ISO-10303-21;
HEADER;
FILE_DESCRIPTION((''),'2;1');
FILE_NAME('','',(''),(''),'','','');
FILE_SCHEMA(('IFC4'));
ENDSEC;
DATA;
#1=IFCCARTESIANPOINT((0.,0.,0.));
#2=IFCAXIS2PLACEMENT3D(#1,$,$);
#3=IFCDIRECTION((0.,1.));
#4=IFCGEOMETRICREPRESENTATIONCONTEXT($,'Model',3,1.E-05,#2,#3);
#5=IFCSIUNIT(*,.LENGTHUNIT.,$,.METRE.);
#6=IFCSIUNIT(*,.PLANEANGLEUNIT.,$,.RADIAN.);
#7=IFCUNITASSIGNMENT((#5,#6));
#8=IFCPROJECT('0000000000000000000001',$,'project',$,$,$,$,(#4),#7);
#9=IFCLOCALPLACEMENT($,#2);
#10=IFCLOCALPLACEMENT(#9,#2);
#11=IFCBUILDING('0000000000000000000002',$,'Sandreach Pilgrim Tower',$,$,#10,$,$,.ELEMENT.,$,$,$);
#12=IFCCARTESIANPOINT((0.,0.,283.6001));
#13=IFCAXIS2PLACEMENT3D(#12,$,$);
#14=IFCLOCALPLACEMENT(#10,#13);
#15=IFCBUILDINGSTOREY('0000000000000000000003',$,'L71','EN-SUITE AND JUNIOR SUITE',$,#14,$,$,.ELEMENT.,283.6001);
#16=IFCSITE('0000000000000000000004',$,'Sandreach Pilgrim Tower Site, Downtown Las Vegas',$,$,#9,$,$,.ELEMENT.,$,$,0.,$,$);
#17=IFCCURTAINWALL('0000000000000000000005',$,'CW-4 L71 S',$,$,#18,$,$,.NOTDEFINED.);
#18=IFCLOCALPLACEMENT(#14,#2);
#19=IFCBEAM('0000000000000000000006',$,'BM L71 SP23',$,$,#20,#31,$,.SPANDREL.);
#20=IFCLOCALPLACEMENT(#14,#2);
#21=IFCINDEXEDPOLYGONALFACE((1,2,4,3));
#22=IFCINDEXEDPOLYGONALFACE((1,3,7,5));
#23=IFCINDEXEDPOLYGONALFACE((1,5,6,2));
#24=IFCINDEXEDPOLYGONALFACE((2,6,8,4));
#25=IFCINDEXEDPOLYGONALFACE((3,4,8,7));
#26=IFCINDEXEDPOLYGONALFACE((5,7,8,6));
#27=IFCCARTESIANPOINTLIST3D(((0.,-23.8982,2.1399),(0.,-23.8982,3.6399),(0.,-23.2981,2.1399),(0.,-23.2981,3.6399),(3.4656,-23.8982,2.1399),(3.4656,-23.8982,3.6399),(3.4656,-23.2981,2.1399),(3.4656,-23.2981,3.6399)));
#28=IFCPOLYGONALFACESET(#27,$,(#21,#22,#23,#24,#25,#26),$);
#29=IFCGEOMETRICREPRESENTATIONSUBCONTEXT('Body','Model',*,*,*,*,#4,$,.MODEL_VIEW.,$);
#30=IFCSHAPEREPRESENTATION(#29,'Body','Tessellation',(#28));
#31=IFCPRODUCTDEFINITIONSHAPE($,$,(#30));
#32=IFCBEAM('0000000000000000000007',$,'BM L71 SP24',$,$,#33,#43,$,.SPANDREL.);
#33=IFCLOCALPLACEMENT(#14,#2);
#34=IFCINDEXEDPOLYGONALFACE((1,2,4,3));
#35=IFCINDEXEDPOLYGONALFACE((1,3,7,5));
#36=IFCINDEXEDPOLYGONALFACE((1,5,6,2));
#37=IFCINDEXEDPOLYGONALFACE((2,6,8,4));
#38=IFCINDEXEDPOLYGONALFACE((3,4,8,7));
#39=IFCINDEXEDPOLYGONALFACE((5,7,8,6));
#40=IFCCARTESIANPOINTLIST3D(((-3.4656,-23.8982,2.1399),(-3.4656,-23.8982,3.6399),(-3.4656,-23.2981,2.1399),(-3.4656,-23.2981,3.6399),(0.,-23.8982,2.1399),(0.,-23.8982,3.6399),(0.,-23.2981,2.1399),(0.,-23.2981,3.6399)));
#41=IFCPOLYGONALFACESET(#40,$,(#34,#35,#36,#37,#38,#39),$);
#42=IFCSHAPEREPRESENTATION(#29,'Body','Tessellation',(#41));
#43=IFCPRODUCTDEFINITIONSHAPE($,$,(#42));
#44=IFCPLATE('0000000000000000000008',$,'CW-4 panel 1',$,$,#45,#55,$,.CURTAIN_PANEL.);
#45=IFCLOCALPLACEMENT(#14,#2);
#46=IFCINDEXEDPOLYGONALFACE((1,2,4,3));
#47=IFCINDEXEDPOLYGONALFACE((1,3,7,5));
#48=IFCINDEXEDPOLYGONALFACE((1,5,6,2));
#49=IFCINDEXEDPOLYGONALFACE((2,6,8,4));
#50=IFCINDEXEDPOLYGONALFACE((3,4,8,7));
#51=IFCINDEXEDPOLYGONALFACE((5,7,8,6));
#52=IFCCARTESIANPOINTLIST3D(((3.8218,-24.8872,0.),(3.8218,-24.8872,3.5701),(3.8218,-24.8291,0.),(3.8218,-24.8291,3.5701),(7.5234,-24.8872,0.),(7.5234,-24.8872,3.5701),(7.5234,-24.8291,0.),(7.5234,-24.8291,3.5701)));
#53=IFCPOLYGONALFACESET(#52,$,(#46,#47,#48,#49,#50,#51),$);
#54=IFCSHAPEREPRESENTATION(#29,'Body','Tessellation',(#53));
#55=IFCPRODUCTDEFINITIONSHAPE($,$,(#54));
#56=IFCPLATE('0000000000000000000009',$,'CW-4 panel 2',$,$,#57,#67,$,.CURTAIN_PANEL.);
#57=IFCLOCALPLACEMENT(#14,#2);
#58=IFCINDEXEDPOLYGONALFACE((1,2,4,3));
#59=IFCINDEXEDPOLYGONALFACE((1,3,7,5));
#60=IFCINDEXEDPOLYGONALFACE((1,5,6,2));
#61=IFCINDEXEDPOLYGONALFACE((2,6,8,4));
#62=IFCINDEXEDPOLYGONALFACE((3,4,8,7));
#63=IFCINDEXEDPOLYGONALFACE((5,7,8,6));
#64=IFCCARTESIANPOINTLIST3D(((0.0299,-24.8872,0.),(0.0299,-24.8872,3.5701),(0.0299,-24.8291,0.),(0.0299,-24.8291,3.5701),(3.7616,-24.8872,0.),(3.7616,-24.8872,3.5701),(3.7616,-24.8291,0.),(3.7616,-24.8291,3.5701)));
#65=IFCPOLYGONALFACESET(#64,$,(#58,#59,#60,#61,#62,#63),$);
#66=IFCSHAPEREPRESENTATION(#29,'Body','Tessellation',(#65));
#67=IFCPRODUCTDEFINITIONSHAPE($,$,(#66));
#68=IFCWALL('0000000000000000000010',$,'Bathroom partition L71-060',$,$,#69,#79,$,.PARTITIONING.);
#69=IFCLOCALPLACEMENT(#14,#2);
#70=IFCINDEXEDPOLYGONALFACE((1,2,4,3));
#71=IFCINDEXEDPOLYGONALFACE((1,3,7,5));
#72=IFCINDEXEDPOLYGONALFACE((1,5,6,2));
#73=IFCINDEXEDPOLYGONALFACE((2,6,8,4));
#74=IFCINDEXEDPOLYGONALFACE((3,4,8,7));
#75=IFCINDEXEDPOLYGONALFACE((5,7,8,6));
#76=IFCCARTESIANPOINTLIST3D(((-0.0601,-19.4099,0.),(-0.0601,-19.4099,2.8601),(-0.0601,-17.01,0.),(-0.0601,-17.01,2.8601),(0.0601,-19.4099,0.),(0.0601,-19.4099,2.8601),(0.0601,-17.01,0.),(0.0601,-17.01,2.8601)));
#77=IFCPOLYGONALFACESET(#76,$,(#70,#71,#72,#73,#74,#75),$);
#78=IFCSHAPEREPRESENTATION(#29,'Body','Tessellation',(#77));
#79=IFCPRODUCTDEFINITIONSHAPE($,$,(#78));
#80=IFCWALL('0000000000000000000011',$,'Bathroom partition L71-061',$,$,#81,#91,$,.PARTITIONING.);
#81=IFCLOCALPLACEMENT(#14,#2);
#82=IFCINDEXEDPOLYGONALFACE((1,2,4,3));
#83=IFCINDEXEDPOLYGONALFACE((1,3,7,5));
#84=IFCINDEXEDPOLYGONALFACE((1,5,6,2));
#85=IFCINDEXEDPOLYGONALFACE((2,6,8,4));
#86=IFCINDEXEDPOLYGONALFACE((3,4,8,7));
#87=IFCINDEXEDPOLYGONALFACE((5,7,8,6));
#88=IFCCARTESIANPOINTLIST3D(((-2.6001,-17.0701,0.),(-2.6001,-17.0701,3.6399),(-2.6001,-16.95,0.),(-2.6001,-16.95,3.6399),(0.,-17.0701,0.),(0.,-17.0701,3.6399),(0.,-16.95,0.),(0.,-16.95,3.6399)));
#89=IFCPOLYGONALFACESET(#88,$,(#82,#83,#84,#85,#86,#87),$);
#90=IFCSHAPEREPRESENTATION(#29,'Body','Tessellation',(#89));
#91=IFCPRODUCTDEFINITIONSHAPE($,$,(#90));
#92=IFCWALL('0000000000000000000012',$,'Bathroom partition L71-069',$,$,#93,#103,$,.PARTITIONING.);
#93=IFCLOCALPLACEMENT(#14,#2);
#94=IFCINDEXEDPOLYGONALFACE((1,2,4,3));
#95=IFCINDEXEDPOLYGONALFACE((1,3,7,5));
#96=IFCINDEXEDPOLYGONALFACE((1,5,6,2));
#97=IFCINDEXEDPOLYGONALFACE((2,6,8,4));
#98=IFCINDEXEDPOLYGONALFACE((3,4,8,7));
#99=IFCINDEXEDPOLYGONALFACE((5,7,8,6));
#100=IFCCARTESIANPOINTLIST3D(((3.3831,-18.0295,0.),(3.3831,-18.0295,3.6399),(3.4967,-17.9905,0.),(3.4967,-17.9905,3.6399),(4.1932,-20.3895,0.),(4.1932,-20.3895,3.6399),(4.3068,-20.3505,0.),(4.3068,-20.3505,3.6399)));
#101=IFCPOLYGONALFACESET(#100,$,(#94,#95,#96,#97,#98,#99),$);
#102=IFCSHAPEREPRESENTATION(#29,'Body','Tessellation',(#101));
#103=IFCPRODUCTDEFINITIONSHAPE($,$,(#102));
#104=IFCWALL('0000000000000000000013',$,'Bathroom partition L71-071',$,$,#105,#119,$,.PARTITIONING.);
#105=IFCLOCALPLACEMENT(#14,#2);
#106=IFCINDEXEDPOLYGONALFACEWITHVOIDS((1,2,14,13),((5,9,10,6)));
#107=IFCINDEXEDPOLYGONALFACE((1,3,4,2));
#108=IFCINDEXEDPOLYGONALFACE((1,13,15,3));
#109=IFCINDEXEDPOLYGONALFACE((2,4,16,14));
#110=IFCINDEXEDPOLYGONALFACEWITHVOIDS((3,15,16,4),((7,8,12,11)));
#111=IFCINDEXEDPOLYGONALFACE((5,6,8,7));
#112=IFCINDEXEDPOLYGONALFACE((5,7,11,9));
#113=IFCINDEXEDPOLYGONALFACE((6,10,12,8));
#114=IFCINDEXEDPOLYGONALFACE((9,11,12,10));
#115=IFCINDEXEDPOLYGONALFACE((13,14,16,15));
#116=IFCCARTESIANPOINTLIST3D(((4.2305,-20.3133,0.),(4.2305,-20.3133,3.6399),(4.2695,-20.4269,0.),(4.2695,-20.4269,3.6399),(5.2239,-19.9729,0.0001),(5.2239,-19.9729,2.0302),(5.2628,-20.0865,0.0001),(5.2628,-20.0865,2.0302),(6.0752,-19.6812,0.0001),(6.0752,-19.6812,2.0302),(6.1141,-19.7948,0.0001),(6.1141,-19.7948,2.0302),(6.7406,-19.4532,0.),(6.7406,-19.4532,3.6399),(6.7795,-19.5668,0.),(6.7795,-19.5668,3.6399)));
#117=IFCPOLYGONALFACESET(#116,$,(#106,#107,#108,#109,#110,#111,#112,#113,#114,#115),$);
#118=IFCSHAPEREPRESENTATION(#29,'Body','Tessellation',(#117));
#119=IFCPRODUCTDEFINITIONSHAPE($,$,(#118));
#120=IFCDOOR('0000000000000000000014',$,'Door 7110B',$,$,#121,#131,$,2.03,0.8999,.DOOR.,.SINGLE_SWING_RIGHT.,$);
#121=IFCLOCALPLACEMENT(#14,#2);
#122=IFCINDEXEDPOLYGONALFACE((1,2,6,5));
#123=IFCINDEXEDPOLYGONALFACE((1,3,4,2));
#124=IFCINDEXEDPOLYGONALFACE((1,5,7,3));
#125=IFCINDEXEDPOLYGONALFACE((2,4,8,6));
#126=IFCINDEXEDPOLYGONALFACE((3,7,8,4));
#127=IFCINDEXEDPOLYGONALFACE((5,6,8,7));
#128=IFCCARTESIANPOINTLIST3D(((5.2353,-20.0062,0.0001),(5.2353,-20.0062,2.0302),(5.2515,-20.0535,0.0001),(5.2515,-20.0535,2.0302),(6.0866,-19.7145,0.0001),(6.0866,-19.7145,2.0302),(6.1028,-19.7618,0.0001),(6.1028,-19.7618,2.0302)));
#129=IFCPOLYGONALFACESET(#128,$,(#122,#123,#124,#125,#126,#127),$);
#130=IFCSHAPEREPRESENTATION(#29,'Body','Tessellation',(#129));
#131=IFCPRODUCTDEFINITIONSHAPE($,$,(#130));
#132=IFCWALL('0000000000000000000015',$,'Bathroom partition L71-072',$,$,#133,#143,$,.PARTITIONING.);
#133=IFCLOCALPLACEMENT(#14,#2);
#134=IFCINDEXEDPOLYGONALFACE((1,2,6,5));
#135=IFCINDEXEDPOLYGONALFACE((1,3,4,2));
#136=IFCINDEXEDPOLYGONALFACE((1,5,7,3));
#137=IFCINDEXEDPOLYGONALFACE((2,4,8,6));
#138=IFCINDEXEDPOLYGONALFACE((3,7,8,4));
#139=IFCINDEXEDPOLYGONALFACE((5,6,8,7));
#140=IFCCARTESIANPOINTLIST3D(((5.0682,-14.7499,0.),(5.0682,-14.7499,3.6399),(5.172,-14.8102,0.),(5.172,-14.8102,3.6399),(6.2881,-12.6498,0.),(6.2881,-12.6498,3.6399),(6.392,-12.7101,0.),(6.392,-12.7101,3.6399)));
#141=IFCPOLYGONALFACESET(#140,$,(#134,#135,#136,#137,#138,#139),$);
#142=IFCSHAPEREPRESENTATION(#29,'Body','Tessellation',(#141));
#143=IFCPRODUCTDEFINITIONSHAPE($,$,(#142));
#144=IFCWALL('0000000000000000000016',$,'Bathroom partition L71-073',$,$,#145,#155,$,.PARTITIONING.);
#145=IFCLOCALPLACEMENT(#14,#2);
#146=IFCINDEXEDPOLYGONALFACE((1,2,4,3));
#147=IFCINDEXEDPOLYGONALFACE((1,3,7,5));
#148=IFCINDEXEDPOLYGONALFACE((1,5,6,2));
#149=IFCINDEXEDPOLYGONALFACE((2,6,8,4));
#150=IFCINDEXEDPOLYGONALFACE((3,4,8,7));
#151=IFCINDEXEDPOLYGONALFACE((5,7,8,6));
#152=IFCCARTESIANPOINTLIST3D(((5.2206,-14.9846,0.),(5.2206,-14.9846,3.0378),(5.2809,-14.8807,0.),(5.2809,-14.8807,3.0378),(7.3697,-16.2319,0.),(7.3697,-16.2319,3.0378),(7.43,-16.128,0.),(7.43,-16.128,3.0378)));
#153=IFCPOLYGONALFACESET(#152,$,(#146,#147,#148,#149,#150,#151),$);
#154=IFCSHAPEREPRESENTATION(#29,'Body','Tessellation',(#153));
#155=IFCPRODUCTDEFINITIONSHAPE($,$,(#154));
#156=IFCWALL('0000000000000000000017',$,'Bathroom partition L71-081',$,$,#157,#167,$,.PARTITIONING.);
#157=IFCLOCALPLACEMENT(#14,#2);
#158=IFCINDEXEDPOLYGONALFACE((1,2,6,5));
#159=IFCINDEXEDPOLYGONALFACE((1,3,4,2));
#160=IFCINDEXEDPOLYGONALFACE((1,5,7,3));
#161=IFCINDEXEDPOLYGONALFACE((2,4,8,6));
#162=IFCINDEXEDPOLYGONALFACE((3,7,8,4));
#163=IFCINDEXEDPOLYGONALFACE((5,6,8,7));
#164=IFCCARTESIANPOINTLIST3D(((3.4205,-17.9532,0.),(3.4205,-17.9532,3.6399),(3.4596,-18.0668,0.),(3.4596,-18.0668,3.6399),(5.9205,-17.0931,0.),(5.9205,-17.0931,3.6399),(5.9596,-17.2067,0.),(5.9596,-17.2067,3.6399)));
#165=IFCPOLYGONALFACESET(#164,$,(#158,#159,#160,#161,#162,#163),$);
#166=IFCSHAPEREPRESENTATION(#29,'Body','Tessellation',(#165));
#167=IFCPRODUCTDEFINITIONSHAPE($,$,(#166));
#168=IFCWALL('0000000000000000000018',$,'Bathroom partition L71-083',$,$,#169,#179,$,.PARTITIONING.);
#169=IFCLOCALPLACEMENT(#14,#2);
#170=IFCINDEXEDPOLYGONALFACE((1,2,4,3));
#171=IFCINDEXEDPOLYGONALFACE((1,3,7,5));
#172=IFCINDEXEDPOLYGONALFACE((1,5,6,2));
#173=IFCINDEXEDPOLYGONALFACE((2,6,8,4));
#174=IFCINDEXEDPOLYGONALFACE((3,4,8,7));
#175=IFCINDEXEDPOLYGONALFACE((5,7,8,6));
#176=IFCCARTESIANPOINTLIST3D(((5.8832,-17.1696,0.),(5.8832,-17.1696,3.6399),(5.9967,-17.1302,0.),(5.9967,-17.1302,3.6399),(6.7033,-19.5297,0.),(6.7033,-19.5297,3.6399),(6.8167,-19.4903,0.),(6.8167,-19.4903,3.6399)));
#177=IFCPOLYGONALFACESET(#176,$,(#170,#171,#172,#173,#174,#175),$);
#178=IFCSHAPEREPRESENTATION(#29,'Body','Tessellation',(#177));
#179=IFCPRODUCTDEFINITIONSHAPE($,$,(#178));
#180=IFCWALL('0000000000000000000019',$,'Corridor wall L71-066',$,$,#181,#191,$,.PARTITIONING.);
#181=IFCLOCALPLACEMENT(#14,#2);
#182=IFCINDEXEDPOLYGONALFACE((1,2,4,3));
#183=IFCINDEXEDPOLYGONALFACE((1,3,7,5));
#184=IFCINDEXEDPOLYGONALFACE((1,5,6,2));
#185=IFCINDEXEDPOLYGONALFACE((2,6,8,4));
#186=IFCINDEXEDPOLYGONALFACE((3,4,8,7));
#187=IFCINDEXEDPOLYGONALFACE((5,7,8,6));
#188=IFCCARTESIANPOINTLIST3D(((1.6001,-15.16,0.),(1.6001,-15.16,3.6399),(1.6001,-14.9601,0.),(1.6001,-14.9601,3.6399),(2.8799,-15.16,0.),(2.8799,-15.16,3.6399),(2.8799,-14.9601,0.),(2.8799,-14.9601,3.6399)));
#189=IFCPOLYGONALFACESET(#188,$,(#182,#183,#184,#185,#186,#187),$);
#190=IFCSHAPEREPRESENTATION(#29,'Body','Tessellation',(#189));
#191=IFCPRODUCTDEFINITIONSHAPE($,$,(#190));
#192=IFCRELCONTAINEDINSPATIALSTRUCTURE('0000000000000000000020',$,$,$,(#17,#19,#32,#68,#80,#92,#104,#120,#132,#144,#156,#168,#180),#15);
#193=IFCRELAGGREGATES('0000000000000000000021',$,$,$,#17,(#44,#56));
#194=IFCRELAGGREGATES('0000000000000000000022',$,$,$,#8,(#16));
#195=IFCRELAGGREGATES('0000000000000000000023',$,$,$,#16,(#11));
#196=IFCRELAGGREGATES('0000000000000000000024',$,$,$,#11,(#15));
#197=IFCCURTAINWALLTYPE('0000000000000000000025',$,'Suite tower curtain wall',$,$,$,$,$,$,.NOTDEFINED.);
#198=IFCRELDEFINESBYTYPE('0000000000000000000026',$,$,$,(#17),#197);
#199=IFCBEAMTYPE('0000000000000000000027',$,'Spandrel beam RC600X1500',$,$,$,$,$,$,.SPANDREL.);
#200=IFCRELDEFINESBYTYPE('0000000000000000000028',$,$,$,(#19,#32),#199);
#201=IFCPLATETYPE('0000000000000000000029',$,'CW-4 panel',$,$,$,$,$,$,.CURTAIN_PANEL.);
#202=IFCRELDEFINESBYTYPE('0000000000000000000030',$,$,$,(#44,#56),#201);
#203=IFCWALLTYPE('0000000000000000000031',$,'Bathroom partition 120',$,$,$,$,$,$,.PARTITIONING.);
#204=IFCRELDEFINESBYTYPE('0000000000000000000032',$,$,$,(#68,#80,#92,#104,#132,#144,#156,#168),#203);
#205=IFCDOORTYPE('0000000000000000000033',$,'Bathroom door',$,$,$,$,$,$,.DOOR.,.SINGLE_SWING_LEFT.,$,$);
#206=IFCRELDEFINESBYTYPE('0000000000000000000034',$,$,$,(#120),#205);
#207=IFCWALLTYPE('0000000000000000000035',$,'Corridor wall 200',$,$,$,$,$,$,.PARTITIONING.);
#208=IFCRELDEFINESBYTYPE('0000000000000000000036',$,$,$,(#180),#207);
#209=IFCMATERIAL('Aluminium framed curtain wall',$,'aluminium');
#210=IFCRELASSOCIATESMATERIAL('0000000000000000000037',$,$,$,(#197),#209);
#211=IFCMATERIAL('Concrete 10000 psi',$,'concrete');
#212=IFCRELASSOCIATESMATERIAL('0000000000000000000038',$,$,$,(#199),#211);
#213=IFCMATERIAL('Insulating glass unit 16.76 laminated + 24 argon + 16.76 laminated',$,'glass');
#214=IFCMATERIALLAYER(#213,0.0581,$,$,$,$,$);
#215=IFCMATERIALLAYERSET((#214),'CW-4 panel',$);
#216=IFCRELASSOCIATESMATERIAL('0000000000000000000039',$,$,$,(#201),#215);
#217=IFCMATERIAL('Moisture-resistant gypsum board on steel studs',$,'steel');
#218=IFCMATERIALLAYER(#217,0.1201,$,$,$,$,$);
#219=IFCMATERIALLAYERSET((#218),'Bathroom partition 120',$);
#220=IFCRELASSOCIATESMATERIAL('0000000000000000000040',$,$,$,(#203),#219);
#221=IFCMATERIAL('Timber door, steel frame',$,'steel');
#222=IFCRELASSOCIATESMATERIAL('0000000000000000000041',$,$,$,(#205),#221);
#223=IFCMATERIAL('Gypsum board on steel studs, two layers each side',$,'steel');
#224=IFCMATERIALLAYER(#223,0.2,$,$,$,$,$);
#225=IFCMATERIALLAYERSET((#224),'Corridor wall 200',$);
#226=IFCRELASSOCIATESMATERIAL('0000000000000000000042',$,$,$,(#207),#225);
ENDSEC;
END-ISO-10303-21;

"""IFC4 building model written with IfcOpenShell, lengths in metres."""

from ifc_helpers import new_model, si_unit, direction, frame, frame_2d, origin, origin_2d, place, context, subcontext, project, spatial, rectangle, extrude, material, layer, layer_set, material_profile, profile_set, type_object, element, fill, aggregate, save


model = new_model("IFC4")

# Units and contexts
model_context = context("Model", 3, precision=1e-05, world=origin(), true_north=direction((0.0, 1.0)))
body_context = subcontext(model_context, "Body", "Model", "MODEL_VIEW")
ifc_project = project(units=[si_unit("LENGTHUNIT", "METRE"), si_unit("PLANEANGLEUNIT", "RADIAN")], contexts=[model_context])

# Site, building, storey
site_placement = place(None, origin())
site = spatial("IfcSite", under=ifc_project, at=site_placement, Name="Sandreach Pilgrim Tower Site, Downtown Las Vegas", CompositionType="ELEMENT", RefElevation=0.0)
building_placement = place(site_placement, origin())
building = spatial("IfcBuilding", under=site, at=building_placement, Name="Sandreach Pilgrim Tower", CompositionType="ELEMENT")
storey_placement = place(building_placement, frame((0.0, 0.0, 283.6001)))
storey = spatial("IfcBuildingStorey", under=building, at=storey_placement, Name="L71", Description="EN-SUITE AND JUNIOR SUITE", CompositionType="ELEMENT", Elevation=283.6001)

# Curtain wall
ifc_material_1 = material(Name="Aluminium framed curtain wall", Category="aluminium")
curtain_wall_type = type_object("IfcCurtainWallType", Name="Suite tower curtain wall", PredefinedType="NOTDEFINED", material=ifc_material_1)
curtain_wall_placement = place(storey_placement, origin())
curtain_wall = element("IfcCurtainWall", 1, at=curtain_wall_placement, inside=storey, type_object=curtain_wall_type, Name="CW-4 L71 S", PredefinedType="NOTDEFINED")

# Beams
ifc_material_2 = material(Name="Concrete 10000 psi", Category="concrete")
ifc_material_profile_1 = material_profile(ifc_material_2, rectangle(XDim=0.6001, YDim=1.5, at=origin_2d()), Name="RC600X1500")
ifc_profile_set_1 = profile_set([ifc_material_profile_1], Name="Concrete 10000 psi")
beam_type_1 = type_object("IfcBeamType", Name="Spandrel beam RC600X1500", PredefinedType="SPANDREL", material=ifc_profile_set_1)
for number, where, z_axis, x_axis, name in (
    (2, (3.4656, -23.5981, 2.8899), (-1.0, 0.0, 0.0), (0.0, -1.0, 0.0), "BM L71 SP23"),
    (3, (0.0, -23.5981, 2.8899), (-1.0, 0.0, 0.0), (0.0, -1.0, 0.0), "BM L71 SP24"),
):
    element("IfcBeam", number, at=place(storey_placement, frame(where, z_axis=z_axis, x_axis=x_axis)), inside=storey, type_object=beam_type_1, Name=name, PredefinedType="SPANDREL", context=body_context, shape_type="SweptSolid", body=[
        extrude(rectangle(XDim=0.6001, YDim=1.5, at=origin_2d()), origin(), (0.0, 0.0, 1.0), 3.4656),
    ])

# Plates
ifc_material_3 = material(Name="Insulating glass unit 16.76 laminated + 24 argon + 16.76 laminated", Category="glass")
ifc_layer_1 = layer(ifc_material_3, 0.0581)
ifc_layer_set_1 = layer_set([ifc_layer_1], Name="CW-4 panel")
plate_type = type_object("IfcPlateType", Name="CW-4 panel", PredefinedType="CURTAIN_PANEL", material=ifc_layer_set_1)
plate_1_placement = place(storey_placement, frame((5.6726, -24.8582, 0.0), z_axis=(0.0, 0.0, 1.0), x_axis=(-1.0, 0.0, 0.0)))
plate_1 = element("IfcPlate", 4, at=plate_1_placement, type_object=plate_type, Name="CW-4 panel 1", PredefinedType="CURTAIN_PANEL", context=body_context, shape_type="SweptSolid", body=[
    extrude(rectangle(XDim=3.7017, YDim=0.0581, at=origin_2d()), origin(), (0.0, 0.0, 1.0), 3.5701),
])
plate_2_placement = place(storey_placement, frame((1.8958, -24.8582, 0.0), z_axis=(0.0, 0.0, 1.0), x_axis=(-1.0, 0.0, 0.0)))
plate_2 = element("IfcPlate", 5, at=plate_2_placement, type_object=plate_type, Name="CW-4 panel 2", PredefinedType="CURTAIN_PANEL", context=body_context, shape_type="SweptSolid", body=[
    extrude(rectangle(XDim=3.7317, YDim=0.0581, at=origin_2d()), origin(), (0.0, 0.0, 1.0), 3.5701),
])
aggregate(curtain_wall, [plate_1, plate_2])

# Walls
ifc_material_4 = material(Name="Moisture-resistant gypsum board on steel studs", Category="steel")
ifc_layer_2 = layer(ifc_material_4, 0.1201)
ifc_layer_set_2 = layer_set([ifc_layer_2], Name="Bathroom partition 120")
wall_type_1 = type_object("IfcWallType", Name="Bathroom partition 120", PredefinedType="PARTITIONING", material=ifc_layer_set_2)
wall_1_placement = place(storey_placement, frame((0.0, -19.4099, 0.0), z_axis=(0.0, 0.0, 1.0), x_axis=(0.0, 1.0, 0.0)))
element("IfcWall", 6, at=wall_1_placement, inside=storey, type_object=wall_type_1, Name="Bathroom partition L71-060", PredefinedType="PARTITIONING", context=body_context, shape_type="SweptSolid", body=[
    extrude(rectangle(XDim=2.3999, YDim=0.1201, at=frame_2d((1.2, 0.0))), origin(), (0.0, 0.0, 1.0), 2.8601),
])
wall_2_placement = place(storey_placement, frame((0.0, -17.01, 0.0), z_axis=(0.0, 0.0, 1.0), x_axis=(-1.0, 0.0, 0.0)))
element("IfcWall", 7, at=wall_2_placement, inside=storey, type_object=wall_type_1, Name="Bathroom partition L71-061", PredefinedType="PARTITIONING", context=body_context, shape_type="SweptSolid", body=[
    extrude(rectangle(XDim=2.6001, YDim=0.1201, at=frame_2d((1.3, 0.0))), origin(), (0.0, 0.0, 1.0), 3.6399),
])
wall_3_placement = place(storey_placement, frame((3.4399, -18.01, 0.0), z_axis=(0.0, 0.0, 1.0), x_axis=(0.32467, -0.945828, 0.0)))
element("IfcWall", 8, at=wall_3_placement, inside=storey, type_object=wall_type_1, Name="Bathroom partition L71-069", PredefinedType="PARTITIONING", context=body_context, shape_type="SweptSolid", body=[
    extrude(rectangle(XDim=2.4951, YDim=0.1201, at=frame_2d((1.2476, 0.0))), origin(), (0.0, 0.0, 1.0), 3.6399),
])

# Wall, opening, door
wall_4_placement = place(storey_placement, frame((4.25, -20.3701, 0.0), z_axis=(0.0, 0.0, 1.0), x_axis=(0.946, 0.324167, 0.0)))
wall_4 = element("IfcWall", 9, at=wall_4_placement, inside=storey, type_object=wall_type_1, Name="Bathroom partition L71-071", PredefinedType="PARTITIONING", context=body_context, shape_type="SweptSolid", body=[
    extrude(rectangle(XDim=2.6533, YDim=0.1201, at=frame_2d((1.3267, 0.0))), origin(), (0.0, 0.0, 1.0), 3.6399),
])
opening_1_placement = place(wall_4_placement, frame((1.05, 0.0, 0.0)))
opening_1 = element("IfcOpeningElement", 10, at=opening_1_placement, cuts=wall_4, PredefinedType="OPENING", context=body_context, shape_type="SweptSolid", body=[
    extrude(rectangle(XDim=0.8999, YDim=2.03, at=frame_2d((0.45, 1.0151))), frame((0.0, 0.0601, 0.0), z_axis=(0.0, -1.0, 0.0), x_axis=(1.0, 0.0, 0.0)), (0.0, 0.0, 1.0), 0.1201),
])
ifc_material_5 = material(Name="Timber door, steel frame", Category="steel")
door_type_1 = type_object("IfcDoorType", Name="Bathroom door", OperationType="SINGLE_SWING_LEFT", PredefinedType="DOOR", material=ifc_material_5)
door_1_placement = place(opening_1_placement, origin())
door_1 = element("IfcDoor", 11, at=door_1_placement, inside=storey, type_object=door_type_1, Name="Door 7110B", OperationType="SINGLE_SWING_RIGHT", OverallHeight=2.03, OverallWidth=0.8999, PredefinedType="DOOR", context=body_context, shape_type="SweptSolid", body=[
    extrude(rectangle(XDim=0.8999, YDim=2.03, at=frame_2d((0.45, 1.0151))), frame((0.0, 0.0249, 0.0), z_axis=(0.0, -1.0, 0.0), x_axis=(1.0, 0.0, 0.0)), (0.0, 0.0, 1.0), 0.05),
])
fill(opening_1, door_1)

# Walls
wall_5_placement = place(storey_placement, frame((5.1201, -14.78, 0.0), z_axis=(0.0, 0.0, 1.0), x_axis=(0.502308, 0.864689, 0.0)))
element("IfcWall", 12, at=wall_5_placement, inside=storey, type_object=wall_type_1, Name="Bathroom partition L71-072", PredefinedType="PARTITIONING", context=body_context, shape_type="SweptSolid", body=[
    extrude(rectangle(XDim=2.4287, YDim=0.1201, at=frame_2d((1.2144, 0.0))), origin(), (0.0, 0.0, 1.0), 3.6399),
])
wall_6_placement = place(storey_placement, frame((5.2507, -14.9326, 0.0), z_axis=(0.0, 0.0, 1.0), x_axis=(0.864892, -0.501958, 0.0)))
element("IfcWall", 13, at=wall_6_placement, inside=storey, type_object=wall_type_1, Name="Bathroom partition L71-073", PredefinedType="PARTITIONING", context=body_context, shape_type="SweptSolid", body=[
    extrude(rectangle(XDim=2.4849, YDim=0.1201, at=frame_2d((1.2424, 0.0))), origin(), (0.0, 0.0, 1.0), 3.0378),
])
wall_7_placement = place(storey_placement, frame((5.9399, -17.1499, 0.0), z_axis=(0.0, 0.0, 1.0), x_axis=(-0.945601, -0.325328, 0.0)))
element("IfcWall", 14, at=wall_7_placement, inside=storey, type_object=wall_type_1, Name="Bathroom partition L71-081", PredefinedType="PARTITIONING", context=body_context, shape_type="SweptSolid", body=[
    extrude(rectangle(XDim=2.6438, YDim=0.1201, at=frame_2d((1.3218, 0.0))), origin(), (0.0, 0.0, 1.0), 3.6399),
])
wall_8_placement = place(storey_placement, frame((5.9399, -17.1499, 0.0), z_axis=(0.0, 0.0, 1.0), x_axis=(0.328221, -0.944601, 0.0)))
element("IfcWall", 15, at=wall_8_placement, inside=storey, type_object=wall_type_1, Name="Bathroom partition L71-083", PredefinedType="PARTITIONING", context=body_context, shape_type="SweptSolid", body=[
    extrude(rectangle(XDim=2.4985, YDim=0.1201, at=frame_2d((1.2493, 0.0))), origin(), (0.0, 0.0, 1.0), 3.6399),
])

# Shared definitions
ifc_material_6 = material(Name="Gypsum board on steel studs, two layers each side", Category="steel")
ifc_layer_3 = layer(ifc_material_6, 0.2)
ifc_layer_set_3 = layer_set([ifc_layer_3], Name="Corridor wall 200")
wall_type_2 = type_object("IfcWallType", Name="Corridor wall 200", PredefinedType="PARTITIONING", material=ifc_layer_set_3)

# Wall
wall_9_placement = place(storey_placement, frame((2.8799, -15.0601, 0.0), z_axis=(0.0, 0.0, 1.0), x_axis=(-1.0, 0.0, 0.0)))
element("IfcWall", 16, at=wall_9_placement, inside=storey, type_object=wall_type_2, Name="Corridor wall L71-066", PredefinedType="PARTITIONING", context=body_context, shape_type="SweptSolid", body=[
    extrude(rectangle(XDim=1.2798, YDim=0.2, at=frame_2d((0.6399, 0.0))), origin(), (0.0, 0.0, 1.0), 3.6399),
])

save(model, "model.ifc")
